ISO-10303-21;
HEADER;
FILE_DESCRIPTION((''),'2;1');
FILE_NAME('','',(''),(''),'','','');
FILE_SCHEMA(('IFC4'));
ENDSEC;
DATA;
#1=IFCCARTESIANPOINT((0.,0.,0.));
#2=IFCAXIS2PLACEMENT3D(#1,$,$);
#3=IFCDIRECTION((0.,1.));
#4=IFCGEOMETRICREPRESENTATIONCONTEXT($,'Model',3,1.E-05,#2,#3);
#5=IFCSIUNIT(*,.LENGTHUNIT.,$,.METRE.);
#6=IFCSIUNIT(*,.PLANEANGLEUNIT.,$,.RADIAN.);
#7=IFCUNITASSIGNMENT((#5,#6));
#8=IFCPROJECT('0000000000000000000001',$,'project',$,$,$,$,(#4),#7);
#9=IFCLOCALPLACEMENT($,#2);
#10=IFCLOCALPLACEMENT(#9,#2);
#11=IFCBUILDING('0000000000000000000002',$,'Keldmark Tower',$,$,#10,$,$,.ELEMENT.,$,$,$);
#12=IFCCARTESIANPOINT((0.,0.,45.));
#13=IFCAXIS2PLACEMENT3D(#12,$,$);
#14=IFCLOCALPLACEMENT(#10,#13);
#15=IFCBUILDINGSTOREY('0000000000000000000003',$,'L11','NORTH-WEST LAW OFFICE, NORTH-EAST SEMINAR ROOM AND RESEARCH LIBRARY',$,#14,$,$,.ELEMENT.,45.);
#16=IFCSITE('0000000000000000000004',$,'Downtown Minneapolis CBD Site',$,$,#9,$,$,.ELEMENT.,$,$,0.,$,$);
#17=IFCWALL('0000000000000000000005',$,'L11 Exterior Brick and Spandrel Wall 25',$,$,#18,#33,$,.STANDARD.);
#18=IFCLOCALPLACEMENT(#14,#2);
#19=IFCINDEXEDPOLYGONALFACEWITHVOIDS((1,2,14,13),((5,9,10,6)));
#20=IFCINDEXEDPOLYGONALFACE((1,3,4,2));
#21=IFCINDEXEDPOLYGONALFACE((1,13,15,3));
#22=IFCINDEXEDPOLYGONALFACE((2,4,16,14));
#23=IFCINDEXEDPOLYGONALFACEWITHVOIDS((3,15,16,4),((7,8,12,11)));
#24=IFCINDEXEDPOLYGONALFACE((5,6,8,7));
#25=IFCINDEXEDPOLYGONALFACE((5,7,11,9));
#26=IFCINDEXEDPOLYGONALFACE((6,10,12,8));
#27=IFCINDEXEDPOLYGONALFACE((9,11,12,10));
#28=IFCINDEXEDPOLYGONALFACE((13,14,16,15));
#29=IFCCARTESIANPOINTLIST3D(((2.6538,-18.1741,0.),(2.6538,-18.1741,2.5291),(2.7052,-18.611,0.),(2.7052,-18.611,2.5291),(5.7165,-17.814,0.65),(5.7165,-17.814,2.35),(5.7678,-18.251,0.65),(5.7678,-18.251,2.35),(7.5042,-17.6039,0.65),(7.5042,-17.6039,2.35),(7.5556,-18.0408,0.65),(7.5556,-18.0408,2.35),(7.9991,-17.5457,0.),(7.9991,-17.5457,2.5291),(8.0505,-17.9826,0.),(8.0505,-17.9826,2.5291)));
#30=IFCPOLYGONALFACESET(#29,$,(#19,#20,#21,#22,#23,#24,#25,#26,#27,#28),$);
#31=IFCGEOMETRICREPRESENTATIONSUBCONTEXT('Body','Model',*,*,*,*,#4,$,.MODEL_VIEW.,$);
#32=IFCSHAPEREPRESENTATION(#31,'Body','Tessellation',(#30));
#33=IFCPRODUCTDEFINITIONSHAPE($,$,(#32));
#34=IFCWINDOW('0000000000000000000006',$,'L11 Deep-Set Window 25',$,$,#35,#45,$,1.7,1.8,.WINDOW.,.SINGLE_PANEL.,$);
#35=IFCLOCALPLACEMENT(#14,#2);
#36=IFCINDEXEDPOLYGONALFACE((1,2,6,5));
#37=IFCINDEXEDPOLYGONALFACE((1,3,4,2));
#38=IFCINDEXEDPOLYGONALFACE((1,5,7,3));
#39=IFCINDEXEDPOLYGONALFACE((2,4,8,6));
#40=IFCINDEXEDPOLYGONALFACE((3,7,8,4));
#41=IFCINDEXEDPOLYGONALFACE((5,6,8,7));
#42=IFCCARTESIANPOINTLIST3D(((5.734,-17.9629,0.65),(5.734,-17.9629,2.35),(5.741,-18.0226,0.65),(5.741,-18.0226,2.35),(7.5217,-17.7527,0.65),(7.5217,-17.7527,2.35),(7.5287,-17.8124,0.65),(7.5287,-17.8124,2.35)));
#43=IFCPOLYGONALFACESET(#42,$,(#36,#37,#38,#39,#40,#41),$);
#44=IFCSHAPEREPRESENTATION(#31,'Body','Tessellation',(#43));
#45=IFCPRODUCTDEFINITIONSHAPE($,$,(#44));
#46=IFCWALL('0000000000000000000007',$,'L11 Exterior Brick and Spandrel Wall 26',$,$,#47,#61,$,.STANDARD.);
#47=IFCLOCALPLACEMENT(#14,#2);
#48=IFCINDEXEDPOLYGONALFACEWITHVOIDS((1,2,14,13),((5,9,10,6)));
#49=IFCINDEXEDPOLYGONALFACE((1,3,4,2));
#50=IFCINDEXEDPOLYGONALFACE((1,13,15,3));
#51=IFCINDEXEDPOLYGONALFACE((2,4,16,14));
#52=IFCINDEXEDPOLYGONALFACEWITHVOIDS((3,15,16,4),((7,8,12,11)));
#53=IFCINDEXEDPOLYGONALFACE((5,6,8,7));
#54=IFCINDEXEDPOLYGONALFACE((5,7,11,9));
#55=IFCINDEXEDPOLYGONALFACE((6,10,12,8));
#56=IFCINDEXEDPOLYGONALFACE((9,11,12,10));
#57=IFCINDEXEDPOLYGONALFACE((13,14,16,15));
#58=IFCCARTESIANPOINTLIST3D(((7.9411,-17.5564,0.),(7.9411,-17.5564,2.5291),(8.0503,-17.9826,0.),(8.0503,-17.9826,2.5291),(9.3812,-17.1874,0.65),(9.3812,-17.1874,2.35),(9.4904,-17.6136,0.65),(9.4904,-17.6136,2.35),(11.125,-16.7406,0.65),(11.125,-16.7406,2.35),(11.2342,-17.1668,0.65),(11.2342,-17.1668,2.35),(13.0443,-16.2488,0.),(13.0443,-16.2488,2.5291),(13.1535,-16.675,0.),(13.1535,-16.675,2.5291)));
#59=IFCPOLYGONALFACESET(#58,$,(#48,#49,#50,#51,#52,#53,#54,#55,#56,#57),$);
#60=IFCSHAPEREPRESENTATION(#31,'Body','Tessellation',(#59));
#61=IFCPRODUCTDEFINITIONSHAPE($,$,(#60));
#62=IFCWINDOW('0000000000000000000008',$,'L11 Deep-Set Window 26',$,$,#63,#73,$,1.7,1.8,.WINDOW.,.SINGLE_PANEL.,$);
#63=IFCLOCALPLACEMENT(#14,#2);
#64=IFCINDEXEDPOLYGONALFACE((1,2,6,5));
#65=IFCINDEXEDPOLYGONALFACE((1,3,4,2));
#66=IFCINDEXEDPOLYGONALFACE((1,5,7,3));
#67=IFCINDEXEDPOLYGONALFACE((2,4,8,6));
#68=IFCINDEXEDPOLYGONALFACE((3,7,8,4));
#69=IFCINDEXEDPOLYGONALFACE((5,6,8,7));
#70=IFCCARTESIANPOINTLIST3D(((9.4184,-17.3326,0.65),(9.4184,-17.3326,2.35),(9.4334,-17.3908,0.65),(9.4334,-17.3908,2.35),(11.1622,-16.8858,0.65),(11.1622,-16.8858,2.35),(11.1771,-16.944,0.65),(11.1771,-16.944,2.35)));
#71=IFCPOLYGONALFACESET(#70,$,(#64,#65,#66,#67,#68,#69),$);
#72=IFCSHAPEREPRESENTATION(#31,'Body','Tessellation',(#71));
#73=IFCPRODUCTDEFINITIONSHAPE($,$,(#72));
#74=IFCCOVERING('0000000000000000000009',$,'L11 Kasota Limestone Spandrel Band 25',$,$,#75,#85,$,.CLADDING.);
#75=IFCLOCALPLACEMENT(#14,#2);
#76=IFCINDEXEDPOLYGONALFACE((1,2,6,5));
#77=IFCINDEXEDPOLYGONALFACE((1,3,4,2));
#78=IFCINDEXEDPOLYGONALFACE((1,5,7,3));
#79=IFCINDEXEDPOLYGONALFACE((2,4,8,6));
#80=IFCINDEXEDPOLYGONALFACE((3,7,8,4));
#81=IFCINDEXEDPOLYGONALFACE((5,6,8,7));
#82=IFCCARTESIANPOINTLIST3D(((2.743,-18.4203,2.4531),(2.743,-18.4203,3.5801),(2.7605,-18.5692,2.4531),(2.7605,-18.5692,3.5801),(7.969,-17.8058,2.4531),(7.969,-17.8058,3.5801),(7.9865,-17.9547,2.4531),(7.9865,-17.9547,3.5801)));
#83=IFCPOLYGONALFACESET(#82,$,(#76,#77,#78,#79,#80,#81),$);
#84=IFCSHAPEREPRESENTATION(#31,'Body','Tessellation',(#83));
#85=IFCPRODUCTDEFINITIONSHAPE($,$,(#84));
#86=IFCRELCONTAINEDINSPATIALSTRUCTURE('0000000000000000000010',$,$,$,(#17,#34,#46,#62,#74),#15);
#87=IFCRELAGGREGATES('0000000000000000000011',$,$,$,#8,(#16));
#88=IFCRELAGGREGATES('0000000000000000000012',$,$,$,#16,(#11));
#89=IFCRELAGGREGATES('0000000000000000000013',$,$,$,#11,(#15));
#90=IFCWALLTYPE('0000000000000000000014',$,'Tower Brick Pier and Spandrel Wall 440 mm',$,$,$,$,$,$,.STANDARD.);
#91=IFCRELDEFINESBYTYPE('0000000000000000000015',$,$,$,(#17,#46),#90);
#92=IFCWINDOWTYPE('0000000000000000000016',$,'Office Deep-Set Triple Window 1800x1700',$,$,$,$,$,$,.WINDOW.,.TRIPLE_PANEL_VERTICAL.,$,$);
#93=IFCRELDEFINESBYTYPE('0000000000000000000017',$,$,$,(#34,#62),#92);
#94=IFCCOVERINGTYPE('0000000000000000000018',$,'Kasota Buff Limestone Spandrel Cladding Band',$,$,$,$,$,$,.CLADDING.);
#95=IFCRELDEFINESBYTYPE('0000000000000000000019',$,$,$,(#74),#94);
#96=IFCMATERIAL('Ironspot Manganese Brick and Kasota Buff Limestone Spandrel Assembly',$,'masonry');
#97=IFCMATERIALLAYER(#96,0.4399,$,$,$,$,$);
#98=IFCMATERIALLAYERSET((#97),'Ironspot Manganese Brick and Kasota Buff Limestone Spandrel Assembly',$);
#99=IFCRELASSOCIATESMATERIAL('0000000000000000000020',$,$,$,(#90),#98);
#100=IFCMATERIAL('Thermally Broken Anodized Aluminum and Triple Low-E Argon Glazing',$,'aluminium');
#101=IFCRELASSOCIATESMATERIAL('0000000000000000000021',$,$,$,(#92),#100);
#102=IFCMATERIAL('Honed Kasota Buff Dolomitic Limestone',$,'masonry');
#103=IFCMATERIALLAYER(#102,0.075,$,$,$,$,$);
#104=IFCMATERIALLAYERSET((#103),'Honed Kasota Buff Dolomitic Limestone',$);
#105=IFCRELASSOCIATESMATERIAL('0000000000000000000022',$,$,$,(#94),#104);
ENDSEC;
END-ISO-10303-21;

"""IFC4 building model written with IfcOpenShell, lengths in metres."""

from ifc_helpers import new_model, si_unit, direction, frame, frame_2d, origin, origin_2d, place, context, subcontext, project, spatial, rectangle, extrude, material, layer, layer_set, type_object, element, fill, save


model = new_model("IFC4")

# Units and contexts
model_context = context("Model", 3, precision=1e-05, world=origin(), true_north=direction((0.0, 1.0)))
body_context = subcontext(model_context, "Body", "Model", "MODEL_VIEW")
ifc_project = project(units=[si_unit("LENGTHUNIT", "METRE"), si_unit("PLANEANGLEUNIT", "RADIAN")], contexts=[model_context])

# Site, building, storey
site_placement = place(None, origin())
site = spatial("IfcSite", under=ifc_project, at=site_placement, Name="Downtown Minneapolis CBD Site", CompositionType="ELEMENT", RefElevation=0.0)
building_placement = place(site_placement, origin())
building = spatial("IfcBuilding", under=site, at=building_placement, Name="Keldmark Tower", CompositionType="ELEMENT")
storey_placement = place(building_placement, frame((0.0, 0.0, 45.0)))
storey = spatial("IfcBuildingStorey", under=building, at=storey_placement, Name="L11", Description="NORTH-WEST LAW OFFICE, NORTH-EAST SEMINAR ROOM AND RESEARCH LIBRARY", CompositionType="ELEMENT", Elevation=45.0)

# Walls, openings, windows
ifc_material_1 = material(Name="Ironspot Manganese Brick and Kasota Buff Limestone Spandrel Assembly", Category="masonry")
ifc_layer_1 = layer(ifc_material_1, 0.4399)
ifc_layer_set_1 = layer_set([ifc_layer_1], Name="Ironspot Manganese Brick and Kasota Buff Limestone Spandrel Assembly")
wall_type_1 = type_object("IfcWallType", Name="Tower Brick Pier and Spandrel Wall 440 mm", PredefinedType="STANDARD", material=ifc_layer_set_1)
ifc_material_2 = material(Name="Thermally Broken Anodized Aluminum and Triple Low-E Argon Glazing", Category="aluminium")
window_type = type_object("IfcWindowType", Name="Office Deep-Set Triple Window 1800x1700", PartitioningType="TRIPLE_PANEL_VERTICAL", PredefinedType="WINDOW", material=ifc_material_2)
wall_1_placement = place(storey_placement, frame((8.0247, -17.7642, 0.0), z_axis=(0.0, 0.0, 1.0), x_axis=(-0.99316, -0.116762, 0.0)))
wall_1 = element("IfcWall", 1, at=wall_1_placement, inside=storey, type_object=wall_type_1, Name="L11 Exterior Brick and Spandrel Wall 25", PredefinedType="STANDARD", context=body_context, shape_type="SweptSolid", body=[
    extrude(rectangle(XDim=5.3821, YDim=0.4399, at=frame_2d((2.6909, 0.0))), origin(), (0.0, 0.0, 1.0), 2.5291),
])
opening_1_placement = place(wall_1_placement, frame((0.4983, 0.0, 0.6499)))
opening_1 = element("IfcOpeningElement", 2, at=opening_1_placement, cuts=wall_1, PredefinedType="OPENING", context=body_context, shape_type="SweptSolid", body=[
    extrude(rectangle(XDim=1.8, YDim=1.7, at=frame_2d((0.8999, 0.8501))), frame((0.0, 0.23, 0.0), z_axis=(0.0, -1.0, 0.0), x_axis=(1.0, 0.0, 0.0)), (0.0, 0.0, 1.0), 0.46),
])
window_1_placement = place(opening_1_placement, origin())
window_1 = element("IfcWindow", 3, at=window_1_placement, inside=storey, type_object=window_type, Name="L11 Deep-Set Window 25", OverallHeight=1.7, OverallWidth=1.8, PartitioningType="SINGLE_PANEL", PredefinedType="WINDOW", context=body_context, shape_type="SweptSolid", body=[
    extrude(rectangle(XDim=1.8, YDim=1.7, at=frame_2d((0.8999, 0.8501))), frame((0.0, -0.01, 0.0), z_axis=(0.0, -1.0, 0.0), x_axis=(1.0, 0.0, 0.0)), (0.0, 0.0, 1.0), 0.0601),
])
fill(opening_1, window_1)
wall_2_placement = place(storey_placement, frame((13.0989, -16.4619, 0.0), z_axis=(0.0, 0.0, 1.0), x_axis=(-0.968706, -0.248213, 0.0)))
wall_2 = element("IfcWall", 4, at=wall_2_placement, inside=storey, type_object=wall_type_1, Name="L11 Exterior Brick and Spandrel Wall 26", PredefinedType="STANDARD", context=body_context, shape_type="SweptSolid", body=[
    extrude(rectangle(XDim=5.2681, YDim=0.4399, at=frame_2d((2.634, 0.0))), origin(), (0.0, 0.0, 1.0), 2.5291),
])
opening_2_placement = place(wall_2_placement, frame((1.9814, 0.0, 0.6499)))
opening_2 = element("IfcOpeningElement", 5, at=opening_2_placement, cuts=wall_2, PredefinedType="OPENING", context=body_context, shape_type="SweptSolid", body=[
    extrude(rectangle(XDim=1.8, YDim=1.7, at=frame_2d((0.8999, 0.8501))), frame((0.0, 0.23, 0.0), z_axis=(0.0, -1.0, 0.0), x_axis=(1.0, 0.0, 0.0)), (0.0, 0.0, 1.0), 0.46),
])
window_2_placement = place(opening_2_placement, origin())
window_2 = element("IfcWindow", 6, at=window_2_placement, inside=storey, type_object=window_type, Name="L11 Deep-Set Window 26", OverallHeight=1.7, OverallWidth=1.8, PartitioningType="SINGLE_PANEL", PredefinedType="WINDOW", context=body_context, shape_type="SweptSolid", body=[
    extrude(rectangle(XDim=1.8, YDim=1.7, at=frame_2d((0.8999, 0.8501))), frame((0.0, -0.01, 0.0), z_axis=(0.0, -1.0, 0.0), x_axis=(1.0, 0.0, 0.0)), (0.0, 0.0, 1.0), 0.0601),
])
fill(opening_2, window_2)

# Covering
ifc_material_3 = material(Name="Honed Kasota Buff Dolomitic Limestone", Category="masonry")
ifc_layer_2 = layer(ifc_material_3, 0.075)
ifc_layer_set_2 = layer_set([ifc_layer_2], Name="Honed Kasota Buff Dolomitic Limestone")
covering_type = type_object("IfcCoveringType", Name="Kasota Buff Limestone Spandrel Cladding Band", PredefinedType="CLADDING", material=ifc_layer_set_2)
covering_placement = place(storey_placement, frame((5.3647, -18.1875, 2.4531), z_axis=(0.0, 0.0, 1.0), x_axis=(0.993158, 0.116775, 0.0)))
element("IfcCovering", 7, at=covering_placement, inside=storey, type_object=covering_type, Name="L11 Kasota Limestone Spandrel Band 25", PredefinedType="CLADDING", context=body_context, shape_type="SweptSolid", body=[
    extrude(rectangle(XDim=5.262, YDim=0.1499, at=origin_2d()), origin(), (0.0, 0.0, 1.0), 1.127),
])

save(model, "model.ifc")
